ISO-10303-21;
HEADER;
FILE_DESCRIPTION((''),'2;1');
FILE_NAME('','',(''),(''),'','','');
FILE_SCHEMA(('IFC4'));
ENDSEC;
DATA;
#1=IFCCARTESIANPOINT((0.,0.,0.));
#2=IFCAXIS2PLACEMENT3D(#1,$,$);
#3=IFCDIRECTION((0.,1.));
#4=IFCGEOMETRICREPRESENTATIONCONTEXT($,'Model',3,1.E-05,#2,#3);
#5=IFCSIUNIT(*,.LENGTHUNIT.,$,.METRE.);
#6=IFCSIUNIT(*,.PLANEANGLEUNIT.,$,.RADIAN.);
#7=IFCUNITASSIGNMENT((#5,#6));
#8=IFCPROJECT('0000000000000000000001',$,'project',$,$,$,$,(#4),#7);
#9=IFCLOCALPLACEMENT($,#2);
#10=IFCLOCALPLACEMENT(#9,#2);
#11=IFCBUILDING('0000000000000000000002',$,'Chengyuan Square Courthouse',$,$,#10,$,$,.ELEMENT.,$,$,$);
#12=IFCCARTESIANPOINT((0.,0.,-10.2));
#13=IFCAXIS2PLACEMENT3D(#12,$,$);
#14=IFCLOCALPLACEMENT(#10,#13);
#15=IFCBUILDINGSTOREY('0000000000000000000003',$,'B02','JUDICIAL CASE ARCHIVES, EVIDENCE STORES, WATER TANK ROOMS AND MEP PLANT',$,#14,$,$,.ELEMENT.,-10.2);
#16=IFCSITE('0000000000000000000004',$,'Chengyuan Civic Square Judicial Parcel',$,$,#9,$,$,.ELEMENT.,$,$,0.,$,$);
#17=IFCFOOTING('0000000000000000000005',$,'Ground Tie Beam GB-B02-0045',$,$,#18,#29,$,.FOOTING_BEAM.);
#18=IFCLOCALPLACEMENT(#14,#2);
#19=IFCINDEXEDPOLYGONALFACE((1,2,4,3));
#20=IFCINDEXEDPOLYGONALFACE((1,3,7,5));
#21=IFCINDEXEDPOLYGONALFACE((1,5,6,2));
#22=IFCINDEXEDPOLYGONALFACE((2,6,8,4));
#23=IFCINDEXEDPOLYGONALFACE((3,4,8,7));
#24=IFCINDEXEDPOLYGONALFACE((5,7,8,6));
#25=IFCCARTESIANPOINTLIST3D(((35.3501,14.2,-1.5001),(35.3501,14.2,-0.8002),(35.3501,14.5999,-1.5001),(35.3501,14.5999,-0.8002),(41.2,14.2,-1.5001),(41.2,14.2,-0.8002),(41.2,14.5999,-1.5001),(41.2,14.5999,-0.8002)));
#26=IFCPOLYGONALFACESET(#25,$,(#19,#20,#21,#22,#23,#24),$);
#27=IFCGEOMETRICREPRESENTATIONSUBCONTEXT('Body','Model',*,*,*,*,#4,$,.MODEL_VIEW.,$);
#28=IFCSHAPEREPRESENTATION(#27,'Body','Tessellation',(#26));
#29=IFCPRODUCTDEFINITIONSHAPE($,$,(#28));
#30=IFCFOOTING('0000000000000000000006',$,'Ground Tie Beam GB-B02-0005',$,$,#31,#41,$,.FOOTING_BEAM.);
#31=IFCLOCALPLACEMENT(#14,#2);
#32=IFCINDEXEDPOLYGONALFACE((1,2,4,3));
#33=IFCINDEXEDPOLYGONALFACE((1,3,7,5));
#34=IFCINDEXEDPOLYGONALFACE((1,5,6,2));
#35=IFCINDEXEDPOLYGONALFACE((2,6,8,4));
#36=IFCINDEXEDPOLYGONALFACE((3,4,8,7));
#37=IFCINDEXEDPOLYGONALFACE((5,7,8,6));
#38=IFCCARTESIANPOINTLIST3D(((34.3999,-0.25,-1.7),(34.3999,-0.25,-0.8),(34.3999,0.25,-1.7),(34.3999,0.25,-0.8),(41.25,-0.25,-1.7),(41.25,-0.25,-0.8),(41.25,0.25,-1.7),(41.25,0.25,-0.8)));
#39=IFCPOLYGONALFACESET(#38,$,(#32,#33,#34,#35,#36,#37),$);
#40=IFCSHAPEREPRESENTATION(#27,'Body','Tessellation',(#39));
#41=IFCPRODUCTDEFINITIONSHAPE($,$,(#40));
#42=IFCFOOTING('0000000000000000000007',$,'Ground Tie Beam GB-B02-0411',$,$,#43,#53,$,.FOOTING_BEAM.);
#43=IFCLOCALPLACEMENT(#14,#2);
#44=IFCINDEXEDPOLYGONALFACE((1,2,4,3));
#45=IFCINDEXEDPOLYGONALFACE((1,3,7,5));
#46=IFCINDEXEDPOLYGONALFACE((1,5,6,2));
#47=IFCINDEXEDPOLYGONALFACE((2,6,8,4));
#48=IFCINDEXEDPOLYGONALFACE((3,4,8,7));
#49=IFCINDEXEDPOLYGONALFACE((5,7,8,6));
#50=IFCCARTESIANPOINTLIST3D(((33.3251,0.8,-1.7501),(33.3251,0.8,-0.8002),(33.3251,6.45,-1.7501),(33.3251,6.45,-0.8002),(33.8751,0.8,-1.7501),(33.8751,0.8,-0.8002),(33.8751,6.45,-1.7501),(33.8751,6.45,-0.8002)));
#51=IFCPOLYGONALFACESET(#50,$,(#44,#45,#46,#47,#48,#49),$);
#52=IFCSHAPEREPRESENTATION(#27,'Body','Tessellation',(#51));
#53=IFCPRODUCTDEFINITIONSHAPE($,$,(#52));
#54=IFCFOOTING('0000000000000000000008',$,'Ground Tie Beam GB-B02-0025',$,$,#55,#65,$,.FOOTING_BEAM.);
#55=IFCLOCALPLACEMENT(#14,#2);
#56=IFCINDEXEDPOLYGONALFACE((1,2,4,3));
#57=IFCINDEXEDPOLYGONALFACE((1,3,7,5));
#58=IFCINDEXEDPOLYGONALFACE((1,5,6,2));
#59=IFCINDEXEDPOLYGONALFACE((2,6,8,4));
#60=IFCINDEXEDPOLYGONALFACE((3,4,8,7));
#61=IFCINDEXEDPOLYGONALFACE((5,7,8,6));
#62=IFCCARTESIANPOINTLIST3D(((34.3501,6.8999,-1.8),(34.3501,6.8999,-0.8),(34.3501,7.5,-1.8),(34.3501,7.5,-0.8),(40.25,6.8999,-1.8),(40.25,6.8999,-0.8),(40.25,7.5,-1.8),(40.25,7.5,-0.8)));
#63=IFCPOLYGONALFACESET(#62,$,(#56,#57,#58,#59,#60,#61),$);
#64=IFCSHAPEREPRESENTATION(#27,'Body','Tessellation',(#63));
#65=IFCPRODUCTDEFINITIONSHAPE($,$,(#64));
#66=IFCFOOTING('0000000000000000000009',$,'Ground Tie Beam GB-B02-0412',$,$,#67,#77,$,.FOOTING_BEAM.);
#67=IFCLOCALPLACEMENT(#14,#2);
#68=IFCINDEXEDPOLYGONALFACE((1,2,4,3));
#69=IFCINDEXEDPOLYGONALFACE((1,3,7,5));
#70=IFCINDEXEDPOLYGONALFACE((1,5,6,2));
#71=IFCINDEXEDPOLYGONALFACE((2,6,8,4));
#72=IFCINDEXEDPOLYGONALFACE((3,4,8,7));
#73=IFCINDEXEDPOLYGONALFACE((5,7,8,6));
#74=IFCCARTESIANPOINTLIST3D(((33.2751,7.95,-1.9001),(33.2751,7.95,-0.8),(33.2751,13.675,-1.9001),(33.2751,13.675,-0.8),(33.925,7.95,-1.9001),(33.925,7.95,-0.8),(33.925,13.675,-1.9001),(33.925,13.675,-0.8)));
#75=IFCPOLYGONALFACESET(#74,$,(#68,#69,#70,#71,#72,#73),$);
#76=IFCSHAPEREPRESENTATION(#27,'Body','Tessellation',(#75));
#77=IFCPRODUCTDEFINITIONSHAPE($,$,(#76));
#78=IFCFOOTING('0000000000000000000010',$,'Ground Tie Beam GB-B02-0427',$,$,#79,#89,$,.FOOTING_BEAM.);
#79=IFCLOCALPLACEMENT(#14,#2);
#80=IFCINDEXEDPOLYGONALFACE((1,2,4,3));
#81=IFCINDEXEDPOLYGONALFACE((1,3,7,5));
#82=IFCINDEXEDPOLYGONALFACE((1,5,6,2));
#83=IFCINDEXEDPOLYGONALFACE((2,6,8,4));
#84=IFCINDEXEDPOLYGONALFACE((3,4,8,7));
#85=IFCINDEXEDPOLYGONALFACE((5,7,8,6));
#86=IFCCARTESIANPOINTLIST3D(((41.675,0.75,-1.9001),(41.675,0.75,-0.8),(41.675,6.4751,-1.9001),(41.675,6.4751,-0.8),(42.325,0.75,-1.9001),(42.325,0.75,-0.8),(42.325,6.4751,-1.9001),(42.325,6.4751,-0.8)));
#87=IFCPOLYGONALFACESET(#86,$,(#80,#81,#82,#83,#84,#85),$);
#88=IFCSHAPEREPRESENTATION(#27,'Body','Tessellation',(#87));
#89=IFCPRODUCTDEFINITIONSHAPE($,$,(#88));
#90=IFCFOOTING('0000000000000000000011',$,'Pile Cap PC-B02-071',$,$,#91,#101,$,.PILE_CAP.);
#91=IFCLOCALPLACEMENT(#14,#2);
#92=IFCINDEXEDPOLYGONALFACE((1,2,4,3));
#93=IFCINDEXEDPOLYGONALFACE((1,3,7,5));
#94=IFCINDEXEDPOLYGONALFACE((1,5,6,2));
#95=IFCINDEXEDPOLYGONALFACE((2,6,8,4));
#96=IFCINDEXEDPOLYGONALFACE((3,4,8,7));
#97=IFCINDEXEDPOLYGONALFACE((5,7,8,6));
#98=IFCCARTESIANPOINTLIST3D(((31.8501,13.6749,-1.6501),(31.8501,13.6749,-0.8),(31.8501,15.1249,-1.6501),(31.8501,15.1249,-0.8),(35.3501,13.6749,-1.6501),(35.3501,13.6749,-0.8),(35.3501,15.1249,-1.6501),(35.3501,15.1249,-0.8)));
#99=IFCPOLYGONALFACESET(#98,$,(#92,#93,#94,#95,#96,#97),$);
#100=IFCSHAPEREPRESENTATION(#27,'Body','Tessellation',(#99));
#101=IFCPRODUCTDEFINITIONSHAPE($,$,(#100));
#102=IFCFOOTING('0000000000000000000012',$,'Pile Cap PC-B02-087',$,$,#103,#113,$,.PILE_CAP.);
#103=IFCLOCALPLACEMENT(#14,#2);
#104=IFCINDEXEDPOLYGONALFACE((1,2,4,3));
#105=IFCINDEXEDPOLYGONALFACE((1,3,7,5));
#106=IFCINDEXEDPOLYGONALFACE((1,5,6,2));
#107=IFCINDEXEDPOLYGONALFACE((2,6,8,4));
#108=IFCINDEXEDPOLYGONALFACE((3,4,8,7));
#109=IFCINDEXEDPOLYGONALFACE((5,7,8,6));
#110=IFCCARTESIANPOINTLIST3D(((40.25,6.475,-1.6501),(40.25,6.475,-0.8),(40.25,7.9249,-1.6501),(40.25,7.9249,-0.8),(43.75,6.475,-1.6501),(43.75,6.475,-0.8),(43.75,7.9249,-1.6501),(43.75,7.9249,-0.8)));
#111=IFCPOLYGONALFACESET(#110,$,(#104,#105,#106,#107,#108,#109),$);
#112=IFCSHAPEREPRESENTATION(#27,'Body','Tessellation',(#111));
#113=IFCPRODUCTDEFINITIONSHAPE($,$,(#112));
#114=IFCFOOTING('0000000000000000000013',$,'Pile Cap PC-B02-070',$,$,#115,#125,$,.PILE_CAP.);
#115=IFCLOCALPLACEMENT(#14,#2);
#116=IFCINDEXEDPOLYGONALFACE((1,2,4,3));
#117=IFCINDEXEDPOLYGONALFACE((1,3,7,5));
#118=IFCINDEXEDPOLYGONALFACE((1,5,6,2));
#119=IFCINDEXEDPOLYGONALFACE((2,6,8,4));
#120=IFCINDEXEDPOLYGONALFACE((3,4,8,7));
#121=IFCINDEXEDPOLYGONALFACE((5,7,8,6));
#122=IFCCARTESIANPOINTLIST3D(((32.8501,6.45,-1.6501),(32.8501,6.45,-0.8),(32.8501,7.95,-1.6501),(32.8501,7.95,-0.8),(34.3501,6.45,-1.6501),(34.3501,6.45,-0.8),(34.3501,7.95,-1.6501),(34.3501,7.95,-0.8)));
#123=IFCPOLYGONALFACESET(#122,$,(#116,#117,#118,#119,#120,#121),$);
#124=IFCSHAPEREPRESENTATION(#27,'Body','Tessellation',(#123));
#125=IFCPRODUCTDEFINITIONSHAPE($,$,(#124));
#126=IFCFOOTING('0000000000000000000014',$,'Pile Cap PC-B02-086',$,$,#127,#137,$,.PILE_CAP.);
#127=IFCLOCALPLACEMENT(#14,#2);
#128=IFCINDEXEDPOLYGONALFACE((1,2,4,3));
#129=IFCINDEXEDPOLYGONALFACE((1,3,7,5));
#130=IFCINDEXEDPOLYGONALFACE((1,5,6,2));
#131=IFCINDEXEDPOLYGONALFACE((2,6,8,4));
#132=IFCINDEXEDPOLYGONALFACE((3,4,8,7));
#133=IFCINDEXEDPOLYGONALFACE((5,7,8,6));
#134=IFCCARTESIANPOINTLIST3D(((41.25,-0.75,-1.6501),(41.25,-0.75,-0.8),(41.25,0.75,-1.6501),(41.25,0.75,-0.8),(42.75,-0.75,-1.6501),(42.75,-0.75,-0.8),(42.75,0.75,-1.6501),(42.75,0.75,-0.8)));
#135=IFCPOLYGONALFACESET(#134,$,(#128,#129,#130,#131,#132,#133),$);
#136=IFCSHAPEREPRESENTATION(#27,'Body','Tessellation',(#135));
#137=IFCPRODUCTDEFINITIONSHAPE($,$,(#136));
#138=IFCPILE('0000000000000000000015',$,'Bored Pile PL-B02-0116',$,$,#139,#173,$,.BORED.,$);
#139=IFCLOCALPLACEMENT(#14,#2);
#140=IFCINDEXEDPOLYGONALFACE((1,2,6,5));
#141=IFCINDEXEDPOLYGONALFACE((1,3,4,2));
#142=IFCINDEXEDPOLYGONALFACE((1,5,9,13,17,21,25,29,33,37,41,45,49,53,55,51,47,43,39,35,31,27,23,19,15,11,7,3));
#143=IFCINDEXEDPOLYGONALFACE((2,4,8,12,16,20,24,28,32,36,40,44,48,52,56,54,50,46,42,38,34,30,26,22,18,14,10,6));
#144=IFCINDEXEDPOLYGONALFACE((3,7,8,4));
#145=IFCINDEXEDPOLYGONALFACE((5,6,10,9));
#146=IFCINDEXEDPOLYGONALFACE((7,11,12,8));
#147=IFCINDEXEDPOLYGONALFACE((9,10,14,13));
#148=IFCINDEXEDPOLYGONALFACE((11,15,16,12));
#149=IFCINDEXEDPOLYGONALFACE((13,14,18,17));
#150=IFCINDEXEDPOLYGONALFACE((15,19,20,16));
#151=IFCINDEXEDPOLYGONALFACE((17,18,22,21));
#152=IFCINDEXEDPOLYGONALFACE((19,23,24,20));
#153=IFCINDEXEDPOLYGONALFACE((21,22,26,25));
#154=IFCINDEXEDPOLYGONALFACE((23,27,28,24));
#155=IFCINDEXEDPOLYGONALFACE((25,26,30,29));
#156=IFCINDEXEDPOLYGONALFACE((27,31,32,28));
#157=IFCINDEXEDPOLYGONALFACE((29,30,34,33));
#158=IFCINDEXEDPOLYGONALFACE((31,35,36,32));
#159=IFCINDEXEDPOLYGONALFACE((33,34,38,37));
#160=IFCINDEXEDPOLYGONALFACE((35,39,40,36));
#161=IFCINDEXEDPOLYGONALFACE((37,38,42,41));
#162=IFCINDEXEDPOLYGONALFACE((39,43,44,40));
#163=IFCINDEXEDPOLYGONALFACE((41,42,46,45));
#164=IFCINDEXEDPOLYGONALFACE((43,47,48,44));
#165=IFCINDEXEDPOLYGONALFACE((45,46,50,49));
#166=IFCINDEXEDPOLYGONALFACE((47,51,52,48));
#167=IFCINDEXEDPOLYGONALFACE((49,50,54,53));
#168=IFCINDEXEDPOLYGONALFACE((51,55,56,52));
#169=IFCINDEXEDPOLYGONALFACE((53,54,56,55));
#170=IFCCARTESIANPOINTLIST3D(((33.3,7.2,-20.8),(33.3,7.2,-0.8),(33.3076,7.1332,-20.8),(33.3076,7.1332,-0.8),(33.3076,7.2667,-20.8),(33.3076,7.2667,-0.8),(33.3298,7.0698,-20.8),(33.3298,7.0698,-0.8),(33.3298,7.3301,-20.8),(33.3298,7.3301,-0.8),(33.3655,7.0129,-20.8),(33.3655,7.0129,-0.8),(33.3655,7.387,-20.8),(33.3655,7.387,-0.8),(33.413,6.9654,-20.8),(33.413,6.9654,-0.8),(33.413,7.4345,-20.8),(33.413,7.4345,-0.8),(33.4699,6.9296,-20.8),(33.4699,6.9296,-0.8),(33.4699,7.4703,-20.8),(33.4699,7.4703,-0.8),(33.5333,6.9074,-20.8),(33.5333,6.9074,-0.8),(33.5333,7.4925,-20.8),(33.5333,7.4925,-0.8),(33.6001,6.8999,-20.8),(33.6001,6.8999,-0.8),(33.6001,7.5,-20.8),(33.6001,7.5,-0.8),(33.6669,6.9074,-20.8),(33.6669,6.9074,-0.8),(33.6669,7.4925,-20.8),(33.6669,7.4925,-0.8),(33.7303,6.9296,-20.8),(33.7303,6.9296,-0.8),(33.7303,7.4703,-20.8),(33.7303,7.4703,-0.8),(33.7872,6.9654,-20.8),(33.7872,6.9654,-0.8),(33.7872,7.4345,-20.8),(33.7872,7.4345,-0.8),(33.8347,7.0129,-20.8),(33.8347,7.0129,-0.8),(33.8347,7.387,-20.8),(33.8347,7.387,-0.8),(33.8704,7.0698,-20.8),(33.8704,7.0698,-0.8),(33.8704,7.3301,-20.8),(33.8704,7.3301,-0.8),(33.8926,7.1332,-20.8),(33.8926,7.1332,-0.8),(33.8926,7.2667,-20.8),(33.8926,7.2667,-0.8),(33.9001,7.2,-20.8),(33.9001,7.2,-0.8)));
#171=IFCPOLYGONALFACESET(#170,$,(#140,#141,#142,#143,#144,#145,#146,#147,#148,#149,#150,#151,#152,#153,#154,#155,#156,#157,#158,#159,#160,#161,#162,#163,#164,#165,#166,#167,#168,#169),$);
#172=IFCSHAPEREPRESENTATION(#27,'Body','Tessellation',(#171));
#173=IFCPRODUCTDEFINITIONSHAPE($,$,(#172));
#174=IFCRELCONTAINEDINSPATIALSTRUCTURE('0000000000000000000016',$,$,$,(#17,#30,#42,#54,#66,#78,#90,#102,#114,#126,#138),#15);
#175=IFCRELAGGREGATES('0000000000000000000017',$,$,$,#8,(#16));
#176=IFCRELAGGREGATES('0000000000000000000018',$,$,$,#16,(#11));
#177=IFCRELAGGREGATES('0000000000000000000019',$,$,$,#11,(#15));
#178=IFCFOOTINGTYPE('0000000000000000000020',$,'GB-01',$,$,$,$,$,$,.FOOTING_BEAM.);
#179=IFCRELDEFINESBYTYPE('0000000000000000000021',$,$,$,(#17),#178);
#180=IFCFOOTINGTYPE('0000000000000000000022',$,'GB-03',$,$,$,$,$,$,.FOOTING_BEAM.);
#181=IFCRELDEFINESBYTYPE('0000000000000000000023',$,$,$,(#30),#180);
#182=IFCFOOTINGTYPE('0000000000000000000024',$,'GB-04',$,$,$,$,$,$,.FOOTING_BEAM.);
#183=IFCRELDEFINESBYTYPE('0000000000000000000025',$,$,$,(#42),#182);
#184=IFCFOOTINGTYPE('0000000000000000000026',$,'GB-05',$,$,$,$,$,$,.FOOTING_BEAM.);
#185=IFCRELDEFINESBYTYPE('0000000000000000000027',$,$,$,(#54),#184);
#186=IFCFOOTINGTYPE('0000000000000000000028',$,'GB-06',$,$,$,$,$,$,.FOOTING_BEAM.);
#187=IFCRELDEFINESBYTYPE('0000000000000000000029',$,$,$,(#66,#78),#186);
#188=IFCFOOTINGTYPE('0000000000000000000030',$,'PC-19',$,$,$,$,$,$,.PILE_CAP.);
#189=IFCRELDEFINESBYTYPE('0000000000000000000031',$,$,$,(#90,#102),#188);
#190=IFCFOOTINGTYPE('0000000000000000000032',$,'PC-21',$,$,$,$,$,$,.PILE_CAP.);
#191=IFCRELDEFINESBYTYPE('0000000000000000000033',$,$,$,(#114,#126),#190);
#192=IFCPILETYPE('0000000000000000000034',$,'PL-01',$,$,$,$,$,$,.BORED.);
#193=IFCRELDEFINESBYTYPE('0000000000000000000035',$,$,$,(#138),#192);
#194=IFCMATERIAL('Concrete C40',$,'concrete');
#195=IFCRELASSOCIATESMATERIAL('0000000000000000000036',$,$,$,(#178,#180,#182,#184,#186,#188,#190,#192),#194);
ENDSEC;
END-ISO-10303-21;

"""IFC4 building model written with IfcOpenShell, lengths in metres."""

from ifc_helpers import new_model, si_unit, direction, frame, origin, origin_2d, place, context, subcontext, project, spatial, rectangle, circle, extrude, material, material_profile, profile_set, type_object, element, save


model = new_model("IFC4")

# Units and contexts
model_context = context("Model", 3, precision=1e-05, world=origin(), true_north=direction((0.0, 1.0)))
body_context = subcontext(model_context, "Body", "Model", "MODEL_VIEW")
ifc_project = project(units=[si_unit("LENGTHUNIT", "METRE"), si_unit("PLANEANGLEUNIT", "RADIAN")], contexts=[model_context])

# Site, building, storey
site_placement = place(None, origin())
site = spatial("IfcSite", under=ifc_project, at=site_placement, Name="Chengyuan Civic Square Judicial Parcel", CompositionType="ELEMENT", RefElevation=0.0)
building_placement = place(site_placement, origin())
building = spatial("IfcBuilding", under=site, at=building_placement, Name="Chengyuan Square Courthouse", CompositionType="ELEMENT")
storey_placement = place(building_placement, frame((0.0, 0.0, -10.2)))
storey = spatial("IfcBuildingStorey", under=building, at=storey_placement, Name="B02", Description="JUDICIAL CASE ARCHIVES, EVIDENCE STORES, WATER TANK ROOMS AND MEP PLANT", CompositionType="ELEMENT", Elevation=-10.2)

# Footings
ifc_material_1 = material(Name="Concrete C40", Category="concrete")
ifc_material_profile_1 = material_profile(ifc_material_1, rectangle(XDim=0.3999, YDim=0.7, at=origin_2d()), Name="GB-400x700")
ifc_profile_set_1 = profile_set([ifc_material_profile_1], Name="Concrete C40")
footing_type_1 = type_object("IfcFootingType", Name="GB-01", PredefinedType="FOOTING_BEAM", material=ifc_profile_set_1)
footing_1_placement = place(storey_placement, frame((35.3501, 14.3999, -1.1501), z_axis=(1.0, 0.0, 0.0), x_axis=(0.0, 1.0, 0.0)))
element("IfcFooting", 1, at=footing_1_placement, inside=storey, type_object=footing_type_1, Name="Ground Tie Beam GB-B02-0045", PredefinedType="FOOTING_BEAM", context=body_context, shape_type="SweptSolid", body=[
    extrude(rectangle(XDim=0.3999, YDim=0.7, at=origin_2d()), origin(), (0.0, 0.0, 1.0), 5.8499),
])
ifc_material_profile_2 = material_profile(ifc_material_1, rectangle(XDim=0.5, YDim=0.8999, at=origin_2d()), Name="GB-500x900")
ifc_profile_set_2 = profile_set([ifc_material_profile_2], Name="Concrete C40")
footing_type_2 = type_object("IfcFootingType", Name="GB-03", PredefinedType="FOOTING_BEAM", material=ifc_profile_set_2)
footing_2_placement = place(storey_placement, frame((34.3999, 0.0, -1.25), z_axis=(1.0, 0.0, 0.0), x_axis=(0.0, 1.0, 0.0)))
element("IfcFooting", 2, at=footing_2_placement, inside=storey, type_object=footing_type_2, Name="Ground Tie Beam GB-B02-0005", PredefinedType="FOOTING_BEAM", context=body_context, shape_type="SweptSolid", body=[
    extrude(rectangle(XDim=0.5, YDim=0.8999, at=origin_2d()), origin(), (0.0, 0.0, 1.0), 6.8501),
])
ifc_material_profile_3 = material_profile(ifc_material_1, rectangle(XDim=0.55, YDim=0.95, at=origin_2d()), Name="GB-550x950")
ifc_profile_set_3 = profile_set([ifc_material_profile_3], Name="Concrete C40")
footing_type_3 = type_object("IfcFootingType", Name="GB-04", PredefinedType="FOOTING_BEAM", material=ifc_profile_set_3)
footing_3_placement = place(storey_placement, frame((33.6001, 0.8, -1.2751), z_axis=(0.0, 1.0, 0.0), x_axis=(-1.0, 0.0, 0.0)))
element("IfcFooting", 3, at=footing_3_placement, inside=storey, type_object=footing_type_3, Name="Ground Tie Beam GB-B02-0411", PredefinedType="FOOTING_BEAM", context=body_context, shape_type="SweptSolid", body=[
    extrude(rectangle(XDim=0.55, YDim=0.95, at=origin_2d()), origin(), (0.0, 0.0, 1.0), 5.6499),
])
ifc_material_profile_4 = material_profile(ifc_material_1, rectangle(XDim=0.6001, YDim=1.0, at=origin_2d()), Name="GB-600x1000")
ifc_profile_set_4 = profile_set([ifc_material_profile_4], Name="Concrete C40")
footing_type_4 = type_object("IfcFootingType", Name="GB-05", PredefinedType="FOOTING_BEAM", material=ifc_profile_set_4)
footing_4_placement = place(storey_placement, frame((34.3501, 7.2, -1.3), z_axis=(1.0, 0.0, 0.0), x_axis=(0.0, 1.0, 0.0)))
element("IfcFooting", 4, at=footing_4_placement, inside=storey, type_object=footing_type_4, Name="Ground Tie Beam GB-B02-0025", PredefinedType="FOOTING_BEAM", context=body_context, shape_type="SweptSolid", body=[
    extrude(rectangle(XDim=0.6001, YDim=1.0, at=origin_2d()), origin(), (0.0, 0.0, 1.0), 5.8999),
])
ifc_material_profile_5 = material_profile(ifc_material_1, rectangle(XDim=0.6499, YDim=1.1001, at=origin_2d()), Name="GB-650x1100")
ifc_profile_set_5 = profile_set([ifc_material_profile_5], Name="Concrete C40")
footing_type_5 = type_object("IfcFootingType", Name="GB-06", PredefinedType="FOOTING_BEAM", material=ifc_profile_set_5)
for number, where, z_axis, x_axis, name in (
    (5, (33.6001, 7.95, -1.3501), (0.0, 1.0, 0.0), (-1.0, 0.0, 0.0), "Ground Tie Beam GB-B02-0412"),
    (6, (42.0, 0.75, -1.3501), (0.0, 1.0, 0.0), (-1.0, 0.0, 0.0), "Ground Tie Beam GB-B02-0427"),
):
    element("IfcFooting", number, at=place(storey_placement, frame(where, z_axis=z_axis, x_axis=x_axis)), inside=storey, type_object=footing_type_5, Name=name, PredefinedType="FOOTING_BEAM", context=body_context, shape_type="SweptSolid", body=[
        extrude(rectangle(XDim=0.6499, YDim=1.1001, at=origin_2d()), origin(), (0.0, 0.0, 1.0), 5.7251),
    ])
footing_type_6 = type_object("IfcFootingType", Name="PC-19", PredefinedType="PILE_CAP", material=ifc_material_1)
for number, where, z_axis, x_axis, name in (
    (7, (33.6001, 14.3999, -1.6501), (0.0, 0.0, 1.0), (1.0, 0.0, 0.0), "Pile Cap PC-B02-071"),
    (8, (42.0, 7.2, -1.6501), (0.0, 0.0, 1.0), (1.0, 0.0, 0.0), "Pile Cap PC-B02-087"),
):
    element("IfcFooting", number, at=place(storey_placement, frame(where, z_axis=z_axis, x_axis=x_axis)), inside=storey, type_object=footing_type_6, Name=name, PredefinedType="PILE_CAP", context=body_context, shape_type="SweptSolid", body=[
        extrude(rectangle(XDim=3.5, YDim=1.45, at=origin_2d()), origin(), (0.0, 0.0, 1.0), 0.8501),
    ])
footing_type_7 = type_object("IfcFootingType", Name="PC-21", PredefinedType="PILE_CAP", material=ifc_material_1)
for number, where, z_axis, x_axis, name in (
    (9, (33.6001, 7.2, -1.6501), (0.0, 0.0, 1.0), (1.0, 0.0, 0.0), "Pile Cap PC-B02-070"),
    (10, (42.0, 0.0, -1.6501), (0.0, 0.0, 1.0), (1.0, 0.0, 0.0), "Pile Cap PC-B02-086"),
):
    element("IfcFooting", number, at=place(storey_placement, frame(where, z_axis=z_axis, x_axis=x_axis)), inside=storey, type_object=footing_type_7, Name=name, PredefinedType="PILE_CAP", context=body_context, shape_type="SweptSolid", body=[
        extrude(rectangle(XDim=1.5, YDim=1.5, at=origin_2d()), origin(), (0.0, 0.0, 1.0), 0.8501),
    ])

# Pile
ifc_material_profile_6 = material_profile(ifc_material_1, circle(Radius=0.3, at=origin_2d()), Name="BORED PILE D600")
ifc_profile_set_6 = profile_set([ifc_material_profile_6], Name="Concrete C40")
pile_type_1 = type_object("IfcPileType", Name="PL-01", PredefinedType="BORED", material=ifc_profile_set_6)
for number, where, z_axis, x_axis, name in (
    (11, (33.6001, 7.2, -0.8), (0.0, 0.0, -1.0), (1.0, 0.0, 0.0), "Bored Pile PL-B02-0116"),
):
    element("IfcPile", number, at=place(storey_placement, frame(where, z_axis=z_axis, x_axis=x_axis)), inside=storey, type_object=pile_type_1, Name=name, PredefinedType="BORED", context=body_context, shape_type="SweptSolid", body=[
        extrude(circle(Radius=0.3, at=origin_2d()), origin(), (0.0, 0.0, 1.0), 20.0),
    ])

save(model, "model.ifc")
